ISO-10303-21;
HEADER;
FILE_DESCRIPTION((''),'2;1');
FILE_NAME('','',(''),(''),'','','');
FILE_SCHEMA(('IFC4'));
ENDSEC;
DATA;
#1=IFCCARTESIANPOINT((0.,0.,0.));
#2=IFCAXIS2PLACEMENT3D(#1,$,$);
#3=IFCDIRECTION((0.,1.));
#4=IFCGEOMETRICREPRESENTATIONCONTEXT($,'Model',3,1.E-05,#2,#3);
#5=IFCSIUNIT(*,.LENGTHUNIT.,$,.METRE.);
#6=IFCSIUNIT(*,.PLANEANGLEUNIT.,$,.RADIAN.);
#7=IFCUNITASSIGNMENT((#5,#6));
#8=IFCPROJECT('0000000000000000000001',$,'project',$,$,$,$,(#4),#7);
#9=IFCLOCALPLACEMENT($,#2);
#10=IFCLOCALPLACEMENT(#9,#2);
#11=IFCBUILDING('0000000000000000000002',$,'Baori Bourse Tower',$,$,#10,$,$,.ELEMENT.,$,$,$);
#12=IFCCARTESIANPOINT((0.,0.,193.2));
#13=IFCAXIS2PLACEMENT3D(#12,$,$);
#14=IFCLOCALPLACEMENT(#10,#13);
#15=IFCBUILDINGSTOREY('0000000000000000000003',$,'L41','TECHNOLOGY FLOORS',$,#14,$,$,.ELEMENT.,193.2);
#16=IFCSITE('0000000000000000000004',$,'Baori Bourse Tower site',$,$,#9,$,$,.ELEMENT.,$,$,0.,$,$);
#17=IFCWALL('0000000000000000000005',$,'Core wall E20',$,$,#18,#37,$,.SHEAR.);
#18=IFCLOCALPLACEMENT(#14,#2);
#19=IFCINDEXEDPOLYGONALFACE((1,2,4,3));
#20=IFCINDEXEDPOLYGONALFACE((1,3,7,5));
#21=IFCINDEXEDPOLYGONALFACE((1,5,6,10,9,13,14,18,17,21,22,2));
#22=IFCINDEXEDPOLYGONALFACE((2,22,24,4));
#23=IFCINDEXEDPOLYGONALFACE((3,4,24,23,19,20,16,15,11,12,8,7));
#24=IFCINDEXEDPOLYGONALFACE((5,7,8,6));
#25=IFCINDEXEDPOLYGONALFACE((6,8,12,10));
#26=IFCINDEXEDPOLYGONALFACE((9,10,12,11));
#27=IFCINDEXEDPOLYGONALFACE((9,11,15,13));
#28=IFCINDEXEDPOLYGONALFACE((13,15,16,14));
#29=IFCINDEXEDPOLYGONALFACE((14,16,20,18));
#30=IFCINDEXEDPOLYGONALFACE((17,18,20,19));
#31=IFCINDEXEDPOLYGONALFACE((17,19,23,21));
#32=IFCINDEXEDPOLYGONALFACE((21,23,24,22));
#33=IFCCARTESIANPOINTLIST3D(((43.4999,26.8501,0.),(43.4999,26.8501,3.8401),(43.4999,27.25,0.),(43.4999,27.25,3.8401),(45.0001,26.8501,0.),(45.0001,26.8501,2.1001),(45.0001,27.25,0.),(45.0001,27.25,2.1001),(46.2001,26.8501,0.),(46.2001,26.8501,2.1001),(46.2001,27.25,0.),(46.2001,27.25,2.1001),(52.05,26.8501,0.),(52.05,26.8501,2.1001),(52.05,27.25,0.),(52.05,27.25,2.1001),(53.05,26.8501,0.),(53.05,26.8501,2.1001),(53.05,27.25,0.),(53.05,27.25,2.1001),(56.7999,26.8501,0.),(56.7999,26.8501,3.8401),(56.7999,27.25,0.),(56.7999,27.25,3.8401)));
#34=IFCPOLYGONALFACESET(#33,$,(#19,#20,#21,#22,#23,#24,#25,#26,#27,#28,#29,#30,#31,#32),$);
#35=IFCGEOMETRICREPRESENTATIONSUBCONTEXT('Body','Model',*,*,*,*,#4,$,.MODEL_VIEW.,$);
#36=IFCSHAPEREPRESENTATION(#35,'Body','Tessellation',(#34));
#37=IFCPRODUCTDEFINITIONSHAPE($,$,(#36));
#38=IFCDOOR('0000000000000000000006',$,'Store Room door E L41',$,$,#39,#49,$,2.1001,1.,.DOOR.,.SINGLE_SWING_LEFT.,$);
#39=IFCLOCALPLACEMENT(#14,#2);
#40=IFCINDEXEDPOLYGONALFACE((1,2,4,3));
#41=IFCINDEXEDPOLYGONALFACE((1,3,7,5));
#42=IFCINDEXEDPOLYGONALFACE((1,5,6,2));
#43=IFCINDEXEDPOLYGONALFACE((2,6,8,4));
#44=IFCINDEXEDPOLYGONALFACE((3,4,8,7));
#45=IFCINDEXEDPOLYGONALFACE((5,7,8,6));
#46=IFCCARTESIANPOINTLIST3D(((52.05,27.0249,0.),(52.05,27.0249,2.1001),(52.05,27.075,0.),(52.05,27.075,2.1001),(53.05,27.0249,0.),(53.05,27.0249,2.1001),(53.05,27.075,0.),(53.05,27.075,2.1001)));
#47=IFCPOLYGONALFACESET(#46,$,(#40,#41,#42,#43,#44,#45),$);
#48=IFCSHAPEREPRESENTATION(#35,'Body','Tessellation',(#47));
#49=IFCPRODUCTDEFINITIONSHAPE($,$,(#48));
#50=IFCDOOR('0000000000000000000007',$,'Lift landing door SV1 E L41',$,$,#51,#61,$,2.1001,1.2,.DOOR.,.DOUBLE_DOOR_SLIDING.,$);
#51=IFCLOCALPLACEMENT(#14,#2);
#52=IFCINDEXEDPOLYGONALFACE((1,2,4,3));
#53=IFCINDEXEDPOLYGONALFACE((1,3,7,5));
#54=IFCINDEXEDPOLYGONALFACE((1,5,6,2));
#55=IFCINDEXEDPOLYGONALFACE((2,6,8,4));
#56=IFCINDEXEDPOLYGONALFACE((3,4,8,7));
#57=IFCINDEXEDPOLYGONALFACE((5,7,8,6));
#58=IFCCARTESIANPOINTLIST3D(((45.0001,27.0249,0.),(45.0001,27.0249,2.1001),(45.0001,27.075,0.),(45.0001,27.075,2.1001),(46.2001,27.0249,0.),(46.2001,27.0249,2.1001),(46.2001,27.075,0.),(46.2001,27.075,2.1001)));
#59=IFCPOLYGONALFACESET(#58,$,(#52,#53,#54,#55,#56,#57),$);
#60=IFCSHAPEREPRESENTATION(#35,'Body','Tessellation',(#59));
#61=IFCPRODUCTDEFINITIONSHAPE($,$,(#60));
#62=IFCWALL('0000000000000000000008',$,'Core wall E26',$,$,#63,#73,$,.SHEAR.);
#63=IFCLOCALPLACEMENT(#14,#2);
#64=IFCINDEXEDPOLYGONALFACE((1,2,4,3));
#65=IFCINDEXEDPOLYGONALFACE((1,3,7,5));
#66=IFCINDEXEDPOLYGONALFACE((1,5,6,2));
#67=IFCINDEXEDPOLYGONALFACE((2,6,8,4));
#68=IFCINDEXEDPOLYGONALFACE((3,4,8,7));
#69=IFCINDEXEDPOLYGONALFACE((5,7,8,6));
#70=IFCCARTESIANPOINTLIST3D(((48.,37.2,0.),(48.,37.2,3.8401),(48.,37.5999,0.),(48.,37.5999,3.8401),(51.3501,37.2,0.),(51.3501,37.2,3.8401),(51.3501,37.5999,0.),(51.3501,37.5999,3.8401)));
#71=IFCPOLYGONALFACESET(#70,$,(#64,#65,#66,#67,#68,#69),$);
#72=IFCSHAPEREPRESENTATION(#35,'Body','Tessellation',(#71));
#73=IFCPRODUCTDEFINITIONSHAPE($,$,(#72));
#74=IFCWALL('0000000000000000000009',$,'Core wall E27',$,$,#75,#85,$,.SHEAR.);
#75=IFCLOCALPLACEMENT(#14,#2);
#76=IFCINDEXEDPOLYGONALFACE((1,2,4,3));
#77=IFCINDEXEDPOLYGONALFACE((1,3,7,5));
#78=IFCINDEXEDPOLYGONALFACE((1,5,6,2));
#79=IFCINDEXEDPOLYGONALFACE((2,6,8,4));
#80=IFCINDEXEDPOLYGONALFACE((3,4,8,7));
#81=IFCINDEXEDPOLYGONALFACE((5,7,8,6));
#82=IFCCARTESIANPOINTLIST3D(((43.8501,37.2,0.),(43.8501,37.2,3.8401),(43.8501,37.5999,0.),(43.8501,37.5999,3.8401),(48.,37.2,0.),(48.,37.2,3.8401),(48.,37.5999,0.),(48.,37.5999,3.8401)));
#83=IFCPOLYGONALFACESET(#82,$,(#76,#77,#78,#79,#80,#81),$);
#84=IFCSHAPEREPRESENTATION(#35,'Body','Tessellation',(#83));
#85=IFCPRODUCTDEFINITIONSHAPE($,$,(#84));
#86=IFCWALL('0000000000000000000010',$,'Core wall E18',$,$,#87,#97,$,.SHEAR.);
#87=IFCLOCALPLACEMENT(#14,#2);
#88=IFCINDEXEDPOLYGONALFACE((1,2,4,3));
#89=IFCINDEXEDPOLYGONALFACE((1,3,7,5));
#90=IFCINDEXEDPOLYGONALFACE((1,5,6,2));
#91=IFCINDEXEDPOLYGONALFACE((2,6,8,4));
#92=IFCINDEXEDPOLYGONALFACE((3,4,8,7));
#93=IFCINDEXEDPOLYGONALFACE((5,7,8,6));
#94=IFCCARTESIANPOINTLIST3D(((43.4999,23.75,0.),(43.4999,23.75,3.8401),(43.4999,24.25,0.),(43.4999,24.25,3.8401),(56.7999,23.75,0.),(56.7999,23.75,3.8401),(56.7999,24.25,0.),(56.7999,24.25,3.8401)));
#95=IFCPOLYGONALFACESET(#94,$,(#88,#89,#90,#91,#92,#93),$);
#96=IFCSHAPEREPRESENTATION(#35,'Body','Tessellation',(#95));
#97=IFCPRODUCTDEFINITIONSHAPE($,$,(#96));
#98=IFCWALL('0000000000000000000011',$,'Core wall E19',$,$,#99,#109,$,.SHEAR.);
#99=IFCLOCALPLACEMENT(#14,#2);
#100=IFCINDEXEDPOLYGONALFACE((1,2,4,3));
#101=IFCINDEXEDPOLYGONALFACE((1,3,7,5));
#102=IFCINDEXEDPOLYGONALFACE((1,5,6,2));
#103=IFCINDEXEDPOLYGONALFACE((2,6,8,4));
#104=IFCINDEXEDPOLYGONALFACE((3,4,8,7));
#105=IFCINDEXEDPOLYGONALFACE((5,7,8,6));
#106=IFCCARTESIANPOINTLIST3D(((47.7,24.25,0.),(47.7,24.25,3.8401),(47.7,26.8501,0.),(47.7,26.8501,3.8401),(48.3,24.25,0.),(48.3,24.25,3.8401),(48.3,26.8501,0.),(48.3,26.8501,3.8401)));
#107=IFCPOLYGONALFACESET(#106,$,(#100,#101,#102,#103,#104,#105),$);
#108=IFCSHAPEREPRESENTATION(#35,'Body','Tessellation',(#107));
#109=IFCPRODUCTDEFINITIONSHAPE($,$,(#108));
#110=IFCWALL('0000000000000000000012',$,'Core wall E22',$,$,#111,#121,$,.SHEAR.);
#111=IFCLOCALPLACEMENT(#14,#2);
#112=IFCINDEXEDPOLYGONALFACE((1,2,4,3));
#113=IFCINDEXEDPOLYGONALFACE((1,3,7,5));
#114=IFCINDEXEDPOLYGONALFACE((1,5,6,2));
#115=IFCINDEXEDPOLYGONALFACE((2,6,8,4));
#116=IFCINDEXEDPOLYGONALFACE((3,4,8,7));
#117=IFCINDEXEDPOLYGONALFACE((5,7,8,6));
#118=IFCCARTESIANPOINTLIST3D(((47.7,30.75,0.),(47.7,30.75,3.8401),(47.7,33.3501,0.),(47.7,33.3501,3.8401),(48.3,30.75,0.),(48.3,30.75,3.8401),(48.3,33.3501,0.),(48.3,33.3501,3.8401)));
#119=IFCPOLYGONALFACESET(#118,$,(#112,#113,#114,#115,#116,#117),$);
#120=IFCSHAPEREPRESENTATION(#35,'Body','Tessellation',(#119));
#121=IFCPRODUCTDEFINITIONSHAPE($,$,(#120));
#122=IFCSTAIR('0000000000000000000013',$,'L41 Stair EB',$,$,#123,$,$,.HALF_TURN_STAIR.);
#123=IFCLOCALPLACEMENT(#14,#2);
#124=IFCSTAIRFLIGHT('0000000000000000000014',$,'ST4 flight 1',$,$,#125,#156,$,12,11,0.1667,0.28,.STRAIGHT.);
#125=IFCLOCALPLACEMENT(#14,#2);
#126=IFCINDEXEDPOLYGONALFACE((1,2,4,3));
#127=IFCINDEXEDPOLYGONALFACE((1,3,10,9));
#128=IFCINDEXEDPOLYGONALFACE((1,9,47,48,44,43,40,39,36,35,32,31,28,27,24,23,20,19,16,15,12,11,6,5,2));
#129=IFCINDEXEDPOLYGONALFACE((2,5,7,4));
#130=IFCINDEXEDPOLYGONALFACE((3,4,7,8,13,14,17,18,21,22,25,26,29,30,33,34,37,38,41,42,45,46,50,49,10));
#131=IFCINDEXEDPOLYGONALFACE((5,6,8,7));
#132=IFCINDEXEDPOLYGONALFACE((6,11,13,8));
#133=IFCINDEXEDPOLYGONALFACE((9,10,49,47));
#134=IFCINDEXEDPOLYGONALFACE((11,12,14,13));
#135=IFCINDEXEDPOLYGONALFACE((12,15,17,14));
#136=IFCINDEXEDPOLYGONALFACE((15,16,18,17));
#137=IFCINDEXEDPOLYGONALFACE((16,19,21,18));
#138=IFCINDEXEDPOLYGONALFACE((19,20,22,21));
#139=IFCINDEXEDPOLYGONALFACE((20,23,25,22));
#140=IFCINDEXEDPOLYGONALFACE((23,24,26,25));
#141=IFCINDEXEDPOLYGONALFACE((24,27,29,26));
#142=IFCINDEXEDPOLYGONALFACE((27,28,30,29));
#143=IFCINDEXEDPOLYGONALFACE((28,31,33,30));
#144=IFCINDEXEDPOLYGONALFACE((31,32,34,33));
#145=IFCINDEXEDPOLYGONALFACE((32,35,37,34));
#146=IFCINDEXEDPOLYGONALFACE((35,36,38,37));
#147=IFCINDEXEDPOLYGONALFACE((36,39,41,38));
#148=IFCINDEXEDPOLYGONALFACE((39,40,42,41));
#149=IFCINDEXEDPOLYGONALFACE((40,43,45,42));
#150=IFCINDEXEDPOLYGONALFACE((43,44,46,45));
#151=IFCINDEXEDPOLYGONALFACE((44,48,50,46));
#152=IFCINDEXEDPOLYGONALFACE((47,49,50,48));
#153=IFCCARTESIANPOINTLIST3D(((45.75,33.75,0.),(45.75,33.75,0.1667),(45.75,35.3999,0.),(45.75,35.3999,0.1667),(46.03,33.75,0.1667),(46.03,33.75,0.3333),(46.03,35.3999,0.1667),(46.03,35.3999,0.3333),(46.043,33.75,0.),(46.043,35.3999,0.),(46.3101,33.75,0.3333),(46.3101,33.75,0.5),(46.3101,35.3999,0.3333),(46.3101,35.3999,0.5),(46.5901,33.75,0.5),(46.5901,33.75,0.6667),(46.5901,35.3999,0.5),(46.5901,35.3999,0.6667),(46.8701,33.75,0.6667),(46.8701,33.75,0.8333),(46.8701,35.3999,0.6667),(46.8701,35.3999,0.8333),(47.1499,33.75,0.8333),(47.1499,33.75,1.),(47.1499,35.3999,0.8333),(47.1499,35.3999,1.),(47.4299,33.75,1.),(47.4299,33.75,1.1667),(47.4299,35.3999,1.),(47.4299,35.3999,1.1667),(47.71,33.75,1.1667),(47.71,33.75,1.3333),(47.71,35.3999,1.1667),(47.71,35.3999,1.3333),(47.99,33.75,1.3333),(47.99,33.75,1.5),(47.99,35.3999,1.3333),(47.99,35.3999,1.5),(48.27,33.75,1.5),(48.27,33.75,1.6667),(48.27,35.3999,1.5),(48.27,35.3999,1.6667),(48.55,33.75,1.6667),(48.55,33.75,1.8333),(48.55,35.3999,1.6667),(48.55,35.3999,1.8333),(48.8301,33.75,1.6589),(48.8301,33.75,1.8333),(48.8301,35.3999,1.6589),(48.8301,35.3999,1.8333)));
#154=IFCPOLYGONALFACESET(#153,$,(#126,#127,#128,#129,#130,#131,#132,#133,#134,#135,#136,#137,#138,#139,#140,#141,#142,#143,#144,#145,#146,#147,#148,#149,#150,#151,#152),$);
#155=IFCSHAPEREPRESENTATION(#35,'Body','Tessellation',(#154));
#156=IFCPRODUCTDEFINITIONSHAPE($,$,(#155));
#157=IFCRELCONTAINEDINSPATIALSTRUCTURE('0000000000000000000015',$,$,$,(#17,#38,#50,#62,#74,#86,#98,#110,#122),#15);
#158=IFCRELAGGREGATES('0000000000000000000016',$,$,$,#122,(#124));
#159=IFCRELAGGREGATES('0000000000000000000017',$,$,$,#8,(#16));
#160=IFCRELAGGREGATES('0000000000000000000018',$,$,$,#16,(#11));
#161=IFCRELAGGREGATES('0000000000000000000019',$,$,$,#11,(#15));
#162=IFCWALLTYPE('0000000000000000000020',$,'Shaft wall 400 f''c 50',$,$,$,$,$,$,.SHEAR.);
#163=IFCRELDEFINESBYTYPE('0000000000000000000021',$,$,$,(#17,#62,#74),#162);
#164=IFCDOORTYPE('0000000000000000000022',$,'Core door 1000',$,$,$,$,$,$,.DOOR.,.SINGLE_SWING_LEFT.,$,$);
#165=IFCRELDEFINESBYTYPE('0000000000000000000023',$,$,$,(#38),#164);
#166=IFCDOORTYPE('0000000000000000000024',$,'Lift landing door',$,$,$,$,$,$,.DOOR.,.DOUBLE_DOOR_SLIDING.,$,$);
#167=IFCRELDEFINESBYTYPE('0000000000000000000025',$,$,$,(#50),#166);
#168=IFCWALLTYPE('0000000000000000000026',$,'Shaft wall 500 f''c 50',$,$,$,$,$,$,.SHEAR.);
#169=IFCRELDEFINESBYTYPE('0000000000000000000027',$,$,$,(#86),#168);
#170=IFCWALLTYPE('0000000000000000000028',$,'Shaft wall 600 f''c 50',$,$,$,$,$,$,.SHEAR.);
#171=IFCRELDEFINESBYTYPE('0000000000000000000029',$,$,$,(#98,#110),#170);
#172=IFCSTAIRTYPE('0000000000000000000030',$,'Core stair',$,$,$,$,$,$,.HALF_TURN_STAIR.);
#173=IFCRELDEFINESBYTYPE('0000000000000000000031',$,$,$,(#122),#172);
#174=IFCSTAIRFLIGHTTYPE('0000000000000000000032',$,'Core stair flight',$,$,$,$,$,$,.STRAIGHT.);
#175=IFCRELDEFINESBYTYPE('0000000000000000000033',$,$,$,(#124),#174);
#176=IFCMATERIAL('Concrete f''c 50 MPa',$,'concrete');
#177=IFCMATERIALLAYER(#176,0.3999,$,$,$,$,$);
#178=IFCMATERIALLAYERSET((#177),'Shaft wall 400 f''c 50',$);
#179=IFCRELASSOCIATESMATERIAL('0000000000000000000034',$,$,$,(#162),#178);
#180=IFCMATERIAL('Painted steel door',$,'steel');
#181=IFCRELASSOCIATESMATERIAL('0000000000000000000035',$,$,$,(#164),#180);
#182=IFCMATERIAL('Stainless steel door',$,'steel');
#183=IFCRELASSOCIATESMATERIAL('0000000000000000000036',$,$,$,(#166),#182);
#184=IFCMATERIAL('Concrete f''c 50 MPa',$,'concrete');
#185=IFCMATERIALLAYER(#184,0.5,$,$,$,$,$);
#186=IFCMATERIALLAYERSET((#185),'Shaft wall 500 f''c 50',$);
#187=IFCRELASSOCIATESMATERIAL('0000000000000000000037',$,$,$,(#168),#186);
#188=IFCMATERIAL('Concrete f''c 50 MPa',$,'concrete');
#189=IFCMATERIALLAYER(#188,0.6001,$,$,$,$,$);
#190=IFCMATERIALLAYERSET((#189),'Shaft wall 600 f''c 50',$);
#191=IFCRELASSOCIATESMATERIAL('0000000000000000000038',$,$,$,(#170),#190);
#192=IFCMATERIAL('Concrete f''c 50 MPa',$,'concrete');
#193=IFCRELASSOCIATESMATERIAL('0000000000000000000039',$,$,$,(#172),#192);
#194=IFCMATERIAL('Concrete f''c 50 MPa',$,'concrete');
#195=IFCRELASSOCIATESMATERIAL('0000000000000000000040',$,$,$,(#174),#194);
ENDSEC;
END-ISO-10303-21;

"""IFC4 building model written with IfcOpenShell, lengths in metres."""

from ifc_helpers import new_model, si_unit, direction, frame, frame_2d, origin, place, context, subcontext, project, spatial, polyline, rectangle, outline, extrude, material, layer, layer_set, type_object, element, fill, aggregate, save


model = new_model("IFC4")

# Units and contexts
model_context = context("Model", 3, precision=1e-05, world=origin(), true_north=direction((0.0, 1.0)))
body_context = subcontext(model_context, "Body", "Model", "MODEL_VIEW")
ifc_project = project(units=[si_unit("LENGTHUNIT", "METRE"), si_unit("PLANEANGLEUNIT", "RADIAN")], contexts=[model_context])

# Site, building, storey
site_placement = place(None, origin())
site = spatial("IfcSite", under=ifc_project, at=site_placement, Name="Baori Bourse Tower site", CompositionType="ELEMENT", RefElevation=0.0)
building_placement = place(site_placement, origin())
building = spatial("IfcBuilding", under=site, at=building_placement, Name="Baori Bourse Tower", CompositionType="ELEMENT")
storey_placement = place(building_placement, frame((0.0, 0.0, 193.2)))
storey = spatial("IfcBuildingStorey", under=building, at=storey_placement, Name="L41", Description="TECHNOLOGY FLOORS", CompositionType="ELEMENT", Elevation=193.2)

# Wall, openings, doors
ifc_material_1 = material(Name="Concrete f'c 50 MPa", Category="concrete")
ifc_layer_1 = layer(ifc_material_1, 0.3999)
ifc_layer_set_1 = layer_set([ifc_layer_1], Name="Shaft wall 400 f'c 50")
wall_type_1 = type_object("IfcWallType", Name="Shaft wall 400 f'c 50", PredefinedType="SHEAR", material=ifc_layer_set_1)
wall_1_placement = place(storey_placement, frame((43.5, 27.05, 0.0), z_axis=(0.0, 0.0, 1.0), x_axis=(1.0, 0.0, 0.0)))
wall_1 = element("IfcWall", 1, at=wall_1_placement, inside=storey, type_object=wall_type_1, Name="Core wall E20", PredefinedType="SHEAR", context=body_context, shape_type="SweptSolid", body=[
    extrude(rectangle(XDim=13.3, YDim=0.3999, at=frame_2d((6.6499, 0.0))), origin(), (0.0, 0.0, 1.0), 3.8401),
])
opening_1_placement = place(wall_1_placement, frame((8.55, 0.0, 0.0)))
opening_1 = element("IfcOpeningElement", 2, at=opening_1_placement, cuts=wall_1, PredefinedType="OPENING", context=body_context, shape_type="SweptSolid", body=[
    extrude(rectangle(XDim=1.0, YDim=2.1001, at=frame_2d((0.5, 1.05))), frame((0.0, 0.21, 0.0), z_axis=(0.0, -1.0, 0.0), x_axis=(1.0, 0.0, 0.0)), (0.0, 0.0, 1.0), 0.4199),
])
opening_2_placement = place(wall_1_placement, frame((1.5, 0.0, 0.0)))
opening_2 = element("IfcOpeningElement", 3, at=opening_2_placement, cuts=wall_1, PredefinedType="OPENING", context=body_context, shape_type="SweptSolid", body=[
    extrude(rectangle(XDim=1.2, YDim=2.1001, at=frame_2d((0.6001, 1.05))), frame((0.0, 0.21, 0.0), z_axis=(0.0, -1.0, 0.0), x_axis=(1.0, 0.0, 0.0)), (0.0, 0.0, 1.0), 0.4199),
])
ifc_material_2 = material(Name="Painted steel door", Category="steel")
door_type_1 = type_object("IfcDoorType", Name="Core door 1000", OperationType="SINGLE_SWING_LEFT", PredefinedType="DOOR", material=ifc_material_2)
door_1_placement = place(opening_1_placement, origin())
door_1 = element("IfcDoor", 4, at=door_1_placement, inside=storey, type_object=door_type_1, Name="Store Room door E L41", OperationType="SINGLE_SWING_LEFT", OverallHeight=2.1001, OverallWidth=1.0, PredefinedType="DOOR", context=body_context, shape_type="SweptSolid", body=[
    extrude(rectangle(XDim=1.0, YDim=2.1001, at=frame_2d((0.5, 1.05))), frame((0.0, 0.0249, 0.0), z_axis=(0.0, -1.0, 0.0), x_axis=(1.0, 0.0, 0.0)), (0.0, 0.0, 1.0), 0.05),
])
fill(opening_1, door_1)
ifc_material_3 = material(Name="Stainless steel door", Category="steel")
door_type_2 = type_object("IfcDoorType", Name="Lift landing door", OperationType="DOUBLE_DOOR_SLIDING", PredefinedType="DOOR", material=ifc_material_3)
door_2_placement = place(opening_2_placement, origin())
door_2 = element("IfcDoor", 5, at=door_2_placement, inside=storey, type_object=door_type_2, Name="Lift landing door SV1 E L41", OperationType="DOUBLE_DOOR_SLIDING", OverallHeight=2.1001, OverallWidth=1.2, PredefinedType="DOOR", context=body_context, shape_type="SweptSolid", body=[
    extrude(rectangle(XDim=1.2, YDim=2.1001, at=frame_2d((0.6001, 1.05))), frame((0.0, 0.0249, 0.0), z_axis=(0.0, -1.0, 0.0), x_axis=(1.0, 0.0, 0.0)), (0.0, 0.0, 1.0), 0.05),
])
fill(opening_2, door_2)

# Walls
wall_2_placement = place(storey_placement, frame((48.0, 37.3999, 0.0), z_axis=(0.0, 0.0, 1.0), x_axis=(1.0, 0.0, 0.0)))
element("IfcWall", 6, at=wall_2_placement, inside=storey, type_object=wall_type_1, Name="Core wall E26", PredefinedType="SHEAR", context=body_context, shape_type="SweptSolid", body=[
    extrude(rectangle(XDim=3.3501, YDim=0.3999, at=frame_2d((1.675, 0.0))), origin(), (0.0, 0.0, 1.0), 3.8401),
])
wall_3_placement = place(storey_placement, frame((43.8501, 37.3999, 0.0), z_axis=(0.0, 0.0, 1.0), x_axis=(1.0, 0.0, 0.0)))
element("IfcWall", 7, at=wall_3_placement, inside=storey, type_object=wall_type_1, Name="Core wall E27", PredefinedType="SHEAR", context=body_context, shape_type="SweptSolid", body=[
    extrude(rectangle(XDim=4.1499, YDim=0.3999, at=frame_2d((2.075, 0.0))), origin(), (0.0, 0.0, 1.0), 3.8401),
])
ifc_material_4 = material(Name="Concrete f'c 50 MPa", Category="concrete")
ifc_layer_2 = layer(ifc_material_4, 0.5)
ifc_layer_set_2 = layer_set([ifc_layer_2], Name="Shaft wall 500 f'c 50")
wall_type_2 = type_object("IfcWallType", Name="Shaft wall 500 f'c 50", PredefinedType="SHEAR", material=ifc_layer_set_2)
wall_4_placement = place(storey_placement, frame((43.5, 24.0, 0.0), z_axis=(0.0, 0.0, 1.0), x_axis=(1.0, 0.0, 0.0)))
element("IfcWall", 8, at=wall_4_placement, inside=storey, type_object=wall_type_2, Name="Core wall E18", PredefinedType="SHEAR", context=body_context, shape_type="SweptSolid", body=[
    extrude(rectangle(XDim=13.3, YDim=0.5, at=frame_2d((6.6499, 0.0))), origin(), (0.0, 0.0, 1.0), 3.8401),
])
ifc_material_5 = material(Name="Concrete f'c 50 MPa", Category="concrete")
ifc_layer_3 = layer(ifc_material_5, 0.6001)
ifc_layer_set_3 = layer_set([ifc_layer_3], Name="Shaft wall 600 f'c 50")
wall_type_3 = type_object("IfcWallType", Name="Shaft wall 600 f'c 50", PredefinedType="SHEAR", material=ifc_layer_set_3)
for number, where, z_axis, x_axis, name in (
    (9, (48.0, 24.25, 0.0), (0.0, 0.0, 1.0), (0.0, 1.0, 0.0), "Core wall E19"),
    (10, (48.0, 30.75, 0.0), (0.0, 0.0, 1.0), (0.0, 1.0, 0.0), "Core wall E22"),
):
    element("IfcWall", number, at=place(storey_placement, frame(where, z_axis=z_axis, x_axis=x_axis)), inside=storey, type_object=wall_type_3, Name=name, PredefinedType="SHEAR", context=body_context, shape_type="SweptSolid", body=[
        extrude(rectangle(XDim=2.6001, YDim=0.6001, at=frame_2d((1.3, 0.0))), origin(), (0.0, 0.0, 1.0), 3.8401),
    ])

# Stair, stair flight
ifc_material_6 = material(Name="Concrete f'c 50 MPa", Category="concrete")
stair_type = type_object("IfcStairType", Name="Core stair", PredefinedType="HALF_TURN_STAIR", material=ifc_material_6)
stair_placement = place(storey_placement, origin())
stair = element("IfcStair", 11, at=stair_placement, inside=storey, type_object=stair_type, Name="L41 Stair EB", PredefinedType="HALF_TURN_STAIR")
ifc_material_7 = material(Name="Concrete f'c 50 MPa", Category="concrete")
stair_flight_type = type_object("IfcStairFlightType", Name="Core stair flight", PredefinedType="STRAIGHT", material=ifc_material_7)
stair_flight_1_placement = place(storey_placement, frame((45.75, 34.575, 0.0), z_axis=(0.0, 0.0, 1.0), x_axis=(1.0, 0.0, 0.0)))
stair_flight_1 = element("IfcStairFlight", 12, at=stair_flight_1_placement, type_object=stair_flight_type, Name="ST4 flight 1", NumberOfRisers=12, NumberOfTreads=11, PredefinedType="STRAIGHT", RiserHeight=0.1667, TreadLength=0.28, context=body_context, shape_type="SweptSolid", body=[
    extrude(outline(polyline([(0.0, 0.0), (0.0, 0.1667), (0.28, 0.1667), (0.28, 0.3333), (0.5601, 0.3333), (0.5601, 0.5), (0.8401, 0.5), (0.8401, 0.6667), (1.1201, 0.6667), (1.1201, 0.8333), (1.3999, 0.8333), (1.3999, 1.0), (1.6799, 1.0), (1.6799, 1.1667), (1.96, 1.1667), (1.96, 1.3333), (2.24, 1.3333), (2.24, 1.5), (2.52, 1.5), (2.52, 1.6667), (2.8, 1.6667), (2.8, 1.8333), (3.0801, 1.8333), (3.0801, 2.0), (3.0801, 1.6589), (0.293, 0.0), (0.0, 0.0)])), frame((0.0, 0.825, 0.0), z_axis=(0.0, -1.0, 0.0), x_axis=(1.0, 0.0, 0.0)), (0.0, 0.0, 1.0), 1.6499),
])
aggregate(stair, [stair_flight_1])

save(model, "model.ifc")
